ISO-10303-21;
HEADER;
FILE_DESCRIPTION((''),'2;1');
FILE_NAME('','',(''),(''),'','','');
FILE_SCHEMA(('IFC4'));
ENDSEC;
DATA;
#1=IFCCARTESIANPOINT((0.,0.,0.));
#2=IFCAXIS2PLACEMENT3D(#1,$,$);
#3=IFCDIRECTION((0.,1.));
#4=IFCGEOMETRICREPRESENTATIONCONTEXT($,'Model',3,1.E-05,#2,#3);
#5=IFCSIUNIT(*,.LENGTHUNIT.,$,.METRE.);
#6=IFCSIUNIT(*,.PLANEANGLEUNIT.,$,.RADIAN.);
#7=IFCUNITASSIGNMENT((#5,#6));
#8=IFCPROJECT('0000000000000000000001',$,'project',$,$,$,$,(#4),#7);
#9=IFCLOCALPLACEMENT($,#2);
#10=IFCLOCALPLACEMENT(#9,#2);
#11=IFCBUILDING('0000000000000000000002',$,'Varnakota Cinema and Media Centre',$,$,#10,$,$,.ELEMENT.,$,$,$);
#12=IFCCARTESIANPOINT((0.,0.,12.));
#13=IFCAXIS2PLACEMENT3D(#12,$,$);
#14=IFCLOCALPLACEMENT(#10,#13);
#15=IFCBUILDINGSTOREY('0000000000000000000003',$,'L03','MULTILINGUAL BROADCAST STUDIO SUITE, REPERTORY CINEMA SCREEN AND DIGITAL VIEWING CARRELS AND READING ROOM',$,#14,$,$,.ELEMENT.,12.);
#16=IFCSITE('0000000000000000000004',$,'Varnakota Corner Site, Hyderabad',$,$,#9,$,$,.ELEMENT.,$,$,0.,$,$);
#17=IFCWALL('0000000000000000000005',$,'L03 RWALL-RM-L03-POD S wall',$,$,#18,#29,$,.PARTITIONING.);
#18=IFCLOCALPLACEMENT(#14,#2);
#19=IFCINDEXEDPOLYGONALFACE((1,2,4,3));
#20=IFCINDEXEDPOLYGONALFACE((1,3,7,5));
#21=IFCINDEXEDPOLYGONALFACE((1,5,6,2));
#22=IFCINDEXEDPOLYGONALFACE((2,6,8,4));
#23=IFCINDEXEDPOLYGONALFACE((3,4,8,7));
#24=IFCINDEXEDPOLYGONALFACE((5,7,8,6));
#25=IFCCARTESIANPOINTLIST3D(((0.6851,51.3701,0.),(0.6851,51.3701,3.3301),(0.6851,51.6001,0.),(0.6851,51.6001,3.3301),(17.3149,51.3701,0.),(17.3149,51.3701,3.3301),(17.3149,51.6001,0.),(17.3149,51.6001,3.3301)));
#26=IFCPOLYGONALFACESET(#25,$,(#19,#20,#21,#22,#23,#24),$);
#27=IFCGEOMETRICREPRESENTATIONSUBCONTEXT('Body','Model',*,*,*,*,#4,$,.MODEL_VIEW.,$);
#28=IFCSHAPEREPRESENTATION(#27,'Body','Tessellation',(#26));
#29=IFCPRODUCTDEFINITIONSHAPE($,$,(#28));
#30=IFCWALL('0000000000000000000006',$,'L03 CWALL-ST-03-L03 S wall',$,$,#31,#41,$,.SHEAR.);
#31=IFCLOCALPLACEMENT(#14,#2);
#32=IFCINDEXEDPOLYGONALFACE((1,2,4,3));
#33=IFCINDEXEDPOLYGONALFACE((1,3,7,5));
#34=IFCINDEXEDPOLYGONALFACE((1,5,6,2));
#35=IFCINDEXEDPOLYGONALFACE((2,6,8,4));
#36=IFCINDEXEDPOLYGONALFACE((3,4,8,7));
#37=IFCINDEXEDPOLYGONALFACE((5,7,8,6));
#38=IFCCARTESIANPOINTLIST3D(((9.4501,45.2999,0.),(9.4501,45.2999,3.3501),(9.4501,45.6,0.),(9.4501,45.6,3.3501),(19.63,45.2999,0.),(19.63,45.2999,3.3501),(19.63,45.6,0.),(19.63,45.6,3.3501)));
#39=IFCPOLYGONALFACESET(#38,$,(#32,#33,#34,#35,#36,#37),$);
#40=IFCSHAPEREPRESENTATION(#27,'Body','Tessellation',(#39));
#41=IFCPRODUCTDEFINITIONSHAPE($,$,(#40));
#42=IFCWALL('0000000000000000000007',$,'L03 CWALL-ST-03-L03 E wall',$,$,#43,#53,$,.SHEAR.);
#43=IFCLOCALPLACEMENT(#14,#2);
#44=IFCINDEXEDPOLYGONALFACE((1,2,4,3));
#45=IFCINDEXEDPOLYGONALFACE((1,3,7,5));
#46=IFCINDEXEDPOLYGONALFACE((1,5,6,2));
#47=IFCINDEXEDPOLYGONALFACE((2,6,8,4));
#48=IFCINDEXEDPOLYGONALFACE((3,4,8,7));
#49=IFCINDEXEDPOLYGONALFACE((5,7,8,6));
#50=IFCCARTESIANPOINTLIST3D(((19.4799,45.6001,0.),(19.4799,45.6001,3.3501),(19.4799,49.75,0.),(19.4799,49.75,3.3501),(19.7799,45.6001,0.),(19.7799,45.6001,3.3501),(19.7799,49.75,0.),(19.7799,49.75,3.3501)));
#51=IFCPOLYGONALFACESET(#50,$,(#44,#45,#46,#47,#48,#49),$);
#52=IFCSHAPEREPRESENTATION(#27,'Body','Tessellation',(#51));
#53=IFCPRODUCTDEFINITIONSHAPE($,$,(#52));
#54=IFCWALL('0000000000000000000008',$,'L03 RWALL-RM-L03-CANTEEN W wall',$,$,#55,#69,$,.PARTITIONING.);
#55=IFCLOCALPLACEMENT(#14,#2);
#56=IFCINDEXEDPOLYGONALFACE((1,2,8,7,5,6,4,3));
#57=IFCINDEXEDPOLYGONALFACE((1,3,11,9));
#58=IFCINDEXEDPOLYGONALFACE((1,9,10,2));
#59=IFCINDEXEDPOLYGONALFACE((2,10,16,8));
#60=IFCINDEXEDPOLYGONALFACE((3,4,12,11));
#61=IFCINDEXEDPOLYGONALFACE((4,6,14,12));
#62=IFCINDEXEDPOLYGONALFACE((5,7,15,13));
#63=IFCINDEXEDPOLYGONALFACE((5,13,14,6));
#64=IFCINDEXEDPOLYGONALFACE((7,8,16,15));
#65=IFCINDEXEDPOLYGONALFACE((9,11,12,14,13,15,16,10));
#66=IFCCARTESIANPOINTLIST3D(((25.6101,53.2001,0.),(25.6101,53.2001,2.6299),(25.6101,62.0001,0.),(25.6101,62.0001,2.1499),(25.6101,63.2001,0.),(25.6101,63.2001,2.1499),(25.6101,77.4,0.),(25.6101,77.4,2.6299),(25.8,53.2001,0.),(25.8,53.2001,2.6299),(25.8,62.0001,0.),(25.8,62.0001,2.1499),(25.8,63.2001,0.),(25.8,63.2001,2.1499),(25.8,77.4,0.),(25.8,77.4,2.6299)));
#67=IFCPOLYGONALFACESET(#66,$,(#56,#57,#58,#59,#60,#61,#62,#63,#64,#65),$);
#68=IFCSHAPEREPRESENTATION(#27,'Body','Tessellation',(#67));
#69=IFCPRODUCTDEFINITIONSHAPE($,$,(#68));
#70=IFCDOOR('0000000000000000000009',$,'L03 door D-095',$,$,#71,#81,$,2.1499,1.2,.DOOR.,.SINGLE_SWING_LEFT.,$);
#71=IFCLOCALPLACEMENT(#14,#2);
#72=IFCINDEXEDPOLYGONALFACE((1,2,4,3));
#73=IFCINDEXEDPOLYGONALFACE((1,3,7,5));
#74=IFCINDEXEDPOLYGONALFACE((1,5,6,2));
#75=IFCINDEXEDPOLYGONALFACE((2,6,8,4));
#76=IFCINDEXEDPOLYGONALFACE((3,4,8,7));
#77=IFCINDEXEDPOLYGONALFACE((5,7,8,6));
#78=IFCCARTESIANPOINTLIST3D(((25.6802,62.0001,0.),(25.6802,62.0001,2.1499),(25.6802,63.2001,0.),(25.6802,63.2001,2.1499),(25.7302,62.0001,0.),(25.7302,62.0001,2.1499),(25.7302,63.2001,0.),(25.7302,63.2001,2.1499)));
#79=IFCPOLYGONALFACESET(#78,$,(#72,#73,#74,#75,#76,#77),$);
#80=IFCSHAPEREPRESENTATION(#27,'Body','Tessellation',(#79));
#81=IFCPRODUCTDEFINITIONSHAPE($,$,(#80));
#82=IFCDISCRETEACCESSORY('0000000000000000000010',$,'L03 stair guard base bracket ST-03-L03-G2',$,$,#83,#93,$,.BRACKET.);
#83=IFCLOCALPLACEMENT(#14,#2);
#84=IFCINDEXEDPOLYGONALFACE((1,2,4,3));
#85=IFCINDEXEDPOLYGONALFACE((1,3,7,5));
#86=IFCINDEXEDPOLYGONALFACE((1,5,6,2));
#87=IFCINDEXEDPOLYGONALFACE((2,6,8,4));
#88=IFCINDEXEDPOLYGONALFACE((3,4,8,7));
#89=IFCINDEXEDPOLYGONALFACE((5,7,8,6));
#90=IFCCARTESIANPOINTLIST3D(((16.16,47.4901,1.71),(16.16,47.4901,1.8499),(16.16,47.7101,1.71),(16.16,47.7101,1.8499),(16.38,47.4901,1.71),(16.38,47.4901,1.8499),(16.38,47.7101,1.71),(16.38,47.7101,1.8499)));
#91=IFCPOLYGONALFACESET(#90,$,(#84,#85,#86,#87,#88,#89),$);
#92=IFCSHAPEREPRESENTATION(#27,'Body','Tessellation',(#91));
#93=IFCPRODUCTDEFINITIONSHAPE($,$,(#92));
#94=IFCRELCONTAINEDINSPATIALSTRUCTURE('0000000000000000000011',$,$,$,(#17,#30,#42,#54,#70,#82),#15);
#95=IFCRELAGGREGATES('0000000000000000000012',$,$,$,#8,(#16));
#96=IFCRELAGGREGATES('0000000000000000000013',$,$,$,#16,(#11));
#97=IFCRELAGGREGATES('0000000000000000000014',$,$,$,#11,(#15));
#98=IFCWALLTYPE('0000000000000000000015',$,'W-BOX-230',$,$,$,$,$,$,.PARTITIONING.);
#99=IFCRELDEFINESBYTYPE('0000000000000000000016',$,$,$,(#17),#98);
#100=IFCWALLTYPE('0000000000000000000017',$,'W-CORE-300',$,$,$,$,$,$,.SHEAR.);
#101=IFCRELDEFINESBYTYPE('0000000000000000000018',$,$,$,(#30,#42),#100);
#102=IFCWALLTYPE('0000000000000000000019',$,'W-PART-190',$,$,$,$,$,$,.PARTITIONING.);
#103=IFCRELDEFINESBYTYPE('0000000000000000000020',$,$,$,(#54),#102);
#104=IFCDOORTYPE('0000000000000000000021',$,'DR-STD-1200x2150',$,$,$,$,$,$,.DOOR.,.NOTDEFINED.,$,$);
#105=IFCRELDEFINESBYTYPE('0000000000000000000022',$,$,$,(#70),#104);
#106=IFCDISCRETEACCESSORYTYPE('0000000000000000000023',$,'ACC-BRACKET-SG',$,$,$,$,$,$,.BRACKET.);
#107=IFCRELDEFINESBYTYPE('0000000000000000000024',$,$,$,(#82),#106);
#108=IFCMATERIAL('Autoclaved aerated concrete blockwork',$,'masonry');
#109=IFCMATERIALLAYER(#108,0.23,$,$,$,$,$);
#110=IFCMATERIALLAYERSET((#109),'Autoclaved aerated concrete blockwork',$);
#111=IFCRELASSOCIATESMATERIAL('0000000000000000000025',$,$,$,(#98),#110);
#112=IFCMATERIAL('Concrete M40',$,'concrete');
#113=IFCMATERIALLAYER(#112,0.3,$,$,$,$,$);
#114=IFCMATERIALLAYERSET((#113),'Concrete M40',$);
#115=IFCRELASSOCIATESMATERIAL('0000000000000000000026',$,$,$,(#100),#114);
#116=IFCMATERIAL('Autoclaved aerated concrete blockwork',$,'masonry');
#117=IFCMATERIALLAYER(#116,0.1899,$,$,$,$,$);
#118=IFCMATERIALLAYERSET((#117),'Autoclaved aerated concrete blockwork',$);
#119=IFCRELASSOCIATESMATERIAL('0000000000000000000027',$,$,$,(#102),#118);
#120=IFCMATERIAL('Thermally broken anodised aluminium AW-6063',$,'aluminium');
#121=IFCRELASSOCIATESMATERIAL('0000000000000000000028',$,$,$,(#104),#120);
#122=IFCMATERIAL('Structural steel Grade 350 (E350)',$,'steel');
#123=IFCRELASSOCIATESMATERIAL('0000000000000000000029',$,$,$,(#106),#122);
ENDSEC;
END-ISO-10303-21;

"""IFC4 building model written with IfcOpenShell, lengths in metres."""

from ifc_helpers import new_model, si_unit, direction, frame, frame_2d, origin, origin_2d, place, context, subcontext, project, spatial, rectangle, extrude, material, layer, layer_set, type_object, element, fill, save


model = new_model("IFC4")

# Units and contexts
model_context = context("Model", 3, precision=1e-05, world=origin(), true_north=direction((0.0, 1.0)))
body_context = subcontext(model_context, "Body", "Model", "MODEL_VIEW")
ifc_project = project(units=[si_unit("LENGTHUNIT", "METRE"), si_unit("PLANEANGLEUNIT", "RADIAN")], contexts=[model_context])

# Site, building, storey
site_placement = place(None, origin())
site = spatial("IfcSite", under=ifc_project, at=site_placement, Name="Varnakota Corner Site, Hyderabad", CompositionType="ELEMENT", RefElevation=0.0)
building_placement = place(site_placement, origin())
building = spatial("IfcBuilding", under=site, at=building_placement, Name="Varnakota Cinema and Media Centre", CompositionType="ELEMENT")
storey_placement = place(building_placement, frame((0.0, 0.0, 12.0)))
storey = spatial("IfcBuildingStorey", under=building, at=storey_placement, Name="L03", Description="MULTILINGUAL BROADCAST STUDIO SUITE, REPERTORY CINEMA SCREEN AND DIGITAL VIEWING CARRELS AND READING ROOM", CompositionType="ELEMENT", Elevation=12.0)

# Walls
ifc_material_1 = material(Name="Autoclaved aerated concrete blockwork", Category="masonry")
ifc_layer_1 = layer(ifc_material_1, 0.23)
ifc_layer_set_1 = layer_set([ifc_layer_1], Name="Autoclaved aerated concrete blockwork")
wall_type_1 = type_object("IfcWallType", Name="W-BOX-230", PredefinedType="PARTITIONING", material=ifc_layer_set_1)
wall_1_placement = place(storey_placement, frame((17.3149, 51.4851, 0.0), z_axis=(0.0, 0.0, 1.0), x_axis=(-1.0, 0.0, 0.0)))
element("IfcWall", 1, at=wall_1_placement, inside=storey, type_object=wall_type_1, Name="L03 RWALL-RM-L03-POD S wall", PredefinedType="PARTITIONING", context=body_context, shape_type="SweptSolid", body=[
    extrude(rectangle(XDim=16.6299, YDim=0.23, at=frame_2d((8.3149, 0.0))), origin(), (0.0, 0.0, 1.0), 3.3301),
])
ifc_material_2 = material(Name="Concrete M40", Category="concrete")
ifc_layer_2 = layer(ifc_material_2, 0.3)
ifc_layer_set_2 = layer_set([ifc_layer_2], Name="Concrete M40")
wall_type_2 = type_object("IfcWallType", Name="W-CORE-300", PredefinedType="SHEAR", material=ifc_layer_set_2)
wall_2_placement = place(storey_placement, frame((19.6299, 45.45, 0.0), z_axis=(0.0, 0.0, 1.0), x_axis=(-1.0, 0.0, 0.0)))
element("IfcWall", 2, at=wall_2_placement, inside=storey, type_object=wall_type_2, Name="L03 CWALL-ST-03-L03 S wall", PredefinedType="SHEAR", context=body_context, shape_type="SweptSolid", body=[
    extrude(rectangle(XDim=10.1799, YDim=0.3, at=frame_2d((5.0898, 0.0))), origin(), (0.0, 0.0, 1.0), 3.3501),
])
wall_3_placement = place(storey_placement, frame((19.6299, 49.75, 0.0), z_axis=(0.0, 0.0, 1.0), x_axis=(0.0, -1.0, 0.0)))
element("IfcWall", 3, at=wall_3_placement, inside=storey, type_object=wall_type_2, Name="L03 CWALL-ST-03-L03 E wall", PredefinedType="SHEAR", context=body_context, shape_type="SweptSolid", body=[
    extrude(rectangle(XDim=4.1499, YDim=0.3, at=frame_2d((2.075, 0.0))), origin(), (0.0, 0.0, 1.0), 3.3501),
])

# Wall, opening, door
ifc_material_3 = material(Name="Autoclaved aerated concrete blockwork", Category="masonry")
ifc_layer_3 = layer(ifc_material_3, 0.1899)
ifc_layer_set_3 = layer_set([ifc_layer_3], Name="Autoclaved aerated concrete blockwork")
wall_type_3 = type_object("IfcWallType", Name="W-PART-190", PredefinedType="PARTITIONING", material=ifc_layer_set_3)
wall_4_placement = place(storey_placement, frame((25.7051, 53.2, 0.0), z_axis=(0.0, 0.0, 1.0), x_axis=(0.0, 1.0, 0.0)))
wall_4 = element("IfcWall", 4, at=wall_4_placement, inside=storey, type_object=wall_type_3, Name="L03 RWALL-RM-L03-CANTEEN W wall", PredefinedType="PARTITIONING", context=body_context, shape_type="SweptSolid", body=[
    extrude(rectangle(XDim=24.2, YDim=0.1899, at=frame_2d((12.1001, 0.0))), origin(), (0.0, 0.0, 1.0), 2.6299),
])
opening_1_placement = place(wall_4_placement, frame((8.8, 0.0, 0.0)))
opening_1 = element("IfcOpeningElement", 5, at=opening_1_placement, cuts=wall_4, PredefinedType="OPENING", context=body_context, shape_type="SweptSolid", body=[
    extrude(rectangle(XDim=1.2, YDim=2.1499, at=frame_2d((0.6001, 1.075))), frame((0.0, 0.095, 0.0), z_axis=(0.0, -1.0, 0.0), x_axis=(1.0, 0.0, 0.0)), (0.0, 0.0, 1.0), 0.1899),
])
ifc_material_4 = material(Name="Thermally broken anodised aluminium AW-6063", Category="aluminium")
door_type_1 = type_object("IfcDoorType", Name="DR-STD-1200x2150", OperationType="NOTDEFINED", PredefinedType="DOOR", material=ifc_material_4)
door_1_placement = place(opening_1_placement, origin())
door_1 = element("IfcDoor", 6, at=door_1_placement, inside=storey, type_object=door_type_1, Name="L03 door D-095", OperationType="SINGLE_SWING_LEFT", OverallHeight=2.1499, OverallWidth=1.2, PredefinedType="DOOR", context=body_context, shape_type="SweptSolid", body=[
    extrude(rectangle(XDim=1.2, YDim=2.1499, at=frame_2d((0.6001, 1.075))), frame((0.0, 0.0249, 0.0), z_axis=(0.0, -1.0, 0.0), x_axis=(1.0, 0.0, 0.0)), (0.0, 0.0, 1.0), 0.05),
])
fill(opening_1, door_1)

# Discrete accessory
ifc_material_5 = material(Name="Structural steel Grade 350 (E350)", Category="steel")
discrete_accessory_type = type_object("IfcDiscreteAccessoryType", Name="ACC-BRACKET-SG", PredefinedType="BRACKET", material=ifc_material_5)
discrete_accessory_placement = place(storey_placement, frame((16.27, 47.6001, 1.71), z_axis=(0.0, 0.0, 1.0), x_axis=(1.0, 0.0, 0.0)))
element("IfcDiscreteAccessory", 7, at=discrete_accessory_placement, inside=storey, type_object=discrete_accessory_type, Name="L03 stair guard base bracket ST-03-L03-G2", PredefinedType="BRACKET", context=body_context, shape_type="SweptSolid", body=[
    extrude(rectangle(XDim=0.22, YDim=0.22, at=origin_2d()), origin(), (0.0, 0.0, 1.0), 0.1399),
])

save(model, "model.ifc")
